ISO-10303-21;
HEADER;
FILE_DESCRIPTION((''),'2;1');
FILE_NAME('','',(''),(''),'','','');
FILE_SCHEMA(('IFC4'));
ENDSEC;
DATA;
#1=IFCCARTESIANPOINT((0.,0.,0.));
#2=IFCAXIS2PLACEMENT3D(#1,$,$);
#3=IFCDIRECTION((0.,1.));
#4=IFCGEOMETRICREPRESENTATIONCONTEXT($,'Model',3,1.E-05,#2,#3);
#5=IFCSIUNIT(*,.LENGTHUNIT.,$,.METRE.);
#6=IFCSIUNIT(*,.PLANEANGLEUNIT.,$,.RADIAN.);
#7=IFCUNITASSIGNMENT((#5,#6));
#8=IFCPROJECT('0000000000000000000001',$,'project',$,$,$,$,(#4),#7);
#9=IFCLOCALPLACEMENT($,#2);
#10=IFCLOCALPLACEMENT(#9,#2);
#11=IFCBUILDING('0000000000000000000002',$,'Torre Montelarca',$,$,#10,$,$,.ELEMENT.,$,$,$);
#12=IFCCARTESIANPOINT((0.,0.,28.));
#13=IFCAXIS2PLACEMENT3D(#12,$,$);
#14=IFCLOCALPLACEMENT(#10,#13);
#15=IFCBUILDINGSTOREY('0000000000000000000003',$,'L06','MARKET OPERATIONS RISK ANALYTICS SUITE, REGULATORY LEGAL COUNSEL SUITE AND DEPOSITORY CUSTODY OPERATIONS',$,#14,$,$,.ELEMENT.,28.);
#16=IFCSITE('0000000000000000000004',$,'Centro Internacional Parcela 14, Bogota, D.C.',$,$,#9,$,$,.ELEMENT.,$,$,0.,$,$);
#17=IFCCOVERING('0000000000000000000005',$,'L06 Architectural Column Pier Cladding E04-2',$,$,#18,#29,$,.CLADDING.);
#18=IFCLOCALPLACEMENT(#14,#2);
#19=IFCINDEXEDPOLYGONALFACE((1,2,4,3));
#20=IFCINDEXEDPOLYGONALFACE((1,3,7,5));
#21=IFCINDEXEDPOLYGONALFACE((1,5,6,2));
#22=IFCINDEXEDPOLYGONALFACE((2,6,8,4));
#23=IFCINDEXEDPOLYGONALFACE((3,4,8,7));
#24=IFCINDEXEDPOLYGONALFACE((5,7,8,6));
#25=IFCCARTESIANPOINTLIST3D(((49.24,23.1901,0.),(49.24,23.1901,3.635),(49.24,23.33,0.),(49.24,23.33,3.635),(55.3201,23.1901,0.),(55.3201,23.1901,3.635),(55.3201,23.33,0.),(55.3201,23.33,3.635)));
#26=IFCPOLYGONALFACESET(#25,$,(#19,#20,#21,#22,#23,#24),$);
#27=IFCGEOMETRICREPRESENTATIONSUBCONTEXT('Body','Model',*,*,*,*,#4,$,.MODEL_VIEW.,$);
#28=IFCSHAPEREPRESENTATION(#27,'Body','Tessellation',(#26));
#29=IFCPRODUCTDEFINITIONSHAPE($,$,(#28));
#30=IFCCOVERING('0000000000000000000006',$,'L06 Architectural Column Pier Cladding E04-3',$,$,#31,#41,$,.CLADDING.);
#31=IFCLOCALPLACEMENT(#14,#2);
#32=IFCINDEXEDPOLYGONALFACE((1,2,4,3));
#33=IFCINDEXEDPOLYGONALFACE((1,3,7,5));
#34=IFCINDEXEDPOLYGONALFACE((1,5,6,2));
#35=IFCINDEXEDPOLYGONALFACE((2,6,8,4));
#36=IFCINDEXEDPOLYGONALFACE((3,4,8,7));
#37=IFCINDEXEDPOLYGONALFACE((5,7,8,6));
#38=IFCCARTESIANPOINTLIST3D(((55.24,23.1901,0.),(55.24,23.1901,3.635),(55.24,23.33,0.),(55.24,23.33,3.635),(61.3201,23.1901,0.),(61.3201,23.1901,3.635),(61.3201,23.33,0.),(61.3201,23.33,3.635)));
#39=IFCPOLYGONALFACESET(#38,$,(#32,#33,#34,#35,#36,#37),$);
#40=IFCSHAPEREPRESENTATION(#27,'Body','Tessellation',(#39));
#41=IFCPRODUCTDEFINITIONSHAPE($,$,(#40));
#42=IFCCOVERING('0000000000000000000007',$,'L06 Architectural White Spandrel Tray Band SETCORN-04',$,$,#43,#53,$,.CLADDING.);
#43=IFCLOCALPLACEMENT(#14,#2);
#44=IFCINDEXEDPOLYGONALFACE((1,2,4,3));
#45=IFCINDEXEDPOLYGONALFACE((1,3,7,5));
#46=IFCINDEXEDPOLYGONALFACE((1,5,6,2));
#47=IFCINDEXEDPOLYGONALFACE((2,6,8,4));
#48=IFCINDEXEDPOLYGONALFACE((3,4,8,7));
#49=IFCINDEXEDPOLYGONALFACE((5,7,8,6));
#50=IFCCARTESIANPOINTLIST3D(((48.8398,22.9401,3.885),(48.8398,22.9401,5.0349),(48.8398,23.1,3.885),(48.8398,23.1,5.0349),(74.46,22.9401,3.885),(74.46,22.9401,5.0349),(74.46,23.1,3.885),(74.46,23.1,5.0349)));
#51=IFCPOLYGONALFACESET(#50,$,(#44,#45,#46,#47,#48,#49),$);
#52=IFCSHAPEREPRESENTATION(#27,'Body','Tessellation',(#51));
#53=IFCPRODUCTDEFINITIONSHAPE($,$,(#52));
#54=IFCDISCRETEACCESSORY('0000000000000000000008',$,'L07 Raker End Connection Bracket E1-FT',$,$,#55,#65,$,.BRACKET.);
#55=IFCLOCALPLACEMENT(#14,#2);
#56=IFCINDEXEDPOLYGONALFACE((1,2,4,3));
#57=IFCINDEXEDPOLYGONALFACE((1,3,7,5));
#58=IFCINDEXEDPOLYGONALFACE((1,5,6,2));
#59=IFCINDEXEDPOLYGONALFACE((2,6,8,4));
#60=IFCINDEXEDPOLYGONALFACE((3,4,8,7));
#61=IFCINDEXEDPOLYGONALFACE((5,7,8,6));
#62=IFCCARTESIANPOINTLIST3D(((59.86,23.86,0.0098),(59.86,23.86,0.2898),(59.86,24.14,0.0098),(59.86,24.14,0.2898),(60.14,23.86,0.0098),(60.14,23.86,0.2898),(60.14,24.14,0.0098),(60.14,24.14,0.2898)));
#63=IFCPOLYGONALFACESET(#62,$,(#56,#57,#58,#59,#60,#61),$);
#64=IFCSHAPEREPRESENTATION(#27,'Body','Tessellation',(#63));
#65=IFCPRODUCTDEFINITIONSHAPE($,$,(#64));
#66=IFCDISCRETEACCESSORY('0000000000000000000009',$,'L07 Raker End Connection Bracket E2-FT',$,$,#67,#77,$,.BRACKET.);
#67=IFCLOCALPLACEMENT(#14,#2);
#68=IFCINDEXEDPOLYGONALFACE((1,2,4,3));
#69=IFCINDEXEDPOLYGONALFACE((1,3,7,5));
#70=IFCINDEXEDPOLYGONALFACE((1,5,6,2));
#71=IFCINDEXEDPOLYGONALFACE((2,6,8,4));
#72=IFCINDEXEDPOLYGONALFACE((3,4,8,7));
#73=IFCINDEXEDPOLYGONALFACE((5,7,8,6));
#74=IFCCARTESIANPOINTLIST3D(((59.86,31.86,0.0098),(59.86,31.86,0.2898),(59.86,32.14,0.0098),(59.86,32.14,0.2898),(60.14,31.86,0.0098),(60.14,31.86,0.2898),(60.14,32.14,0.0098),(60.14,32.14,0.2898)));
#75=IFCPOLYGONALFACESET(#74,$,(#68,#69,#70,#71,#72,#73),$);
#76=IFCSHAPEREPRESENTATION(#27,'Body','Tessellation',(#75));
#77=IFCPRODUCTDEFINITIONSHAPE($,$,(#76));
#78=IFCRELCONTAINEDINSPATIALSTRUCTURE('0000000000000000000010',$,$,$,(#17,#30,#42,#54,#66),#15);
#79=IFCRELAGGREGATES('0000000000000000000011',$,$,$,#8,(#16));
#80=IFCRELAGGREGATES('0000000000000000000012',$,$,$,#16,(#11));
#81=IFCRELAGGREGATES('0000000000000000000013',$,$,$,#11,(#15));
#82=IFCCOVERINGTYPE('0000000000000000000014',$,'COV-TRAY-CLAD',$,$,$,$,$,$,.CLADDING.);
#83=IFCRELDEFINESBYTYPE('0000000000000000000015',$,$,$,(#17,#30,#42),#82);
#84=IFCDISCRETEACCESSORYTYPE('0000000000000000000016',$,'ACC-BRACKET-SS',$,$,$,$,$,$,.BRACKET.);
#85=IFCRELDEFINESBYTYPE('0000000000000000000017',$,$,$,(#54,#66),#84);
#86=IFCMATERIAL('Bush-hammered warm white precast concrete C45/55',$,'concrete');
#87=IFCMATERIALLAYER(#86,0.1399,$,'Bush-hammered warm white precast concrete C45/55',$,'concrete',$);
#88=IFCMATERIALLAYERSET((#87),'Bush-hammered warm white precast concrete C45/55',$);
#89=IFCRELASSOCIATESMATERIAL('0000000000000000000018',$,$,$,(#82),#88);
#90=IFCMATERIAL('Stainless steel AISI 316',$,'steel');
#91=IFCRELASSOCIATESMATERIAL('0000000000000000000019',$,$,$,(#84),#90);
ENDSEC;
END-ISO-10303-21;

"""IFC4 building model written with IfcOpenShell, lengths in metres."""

from ifc_helpers import new_model, si_unit, direction, frame, origin, origin_2d, place, context, subcontext, project, spatial, rectangle, extrude, source, transform, mapped, material, layer, layer_set, type_object, element, save


model = new_model("IFC4")

# Units and contexts
model_context = context("Model", 3, precision=1e-05, world=origin(), true_north=direction((0.0, 1.0)))
body_context = subcontext(model_context, "Body", "Model", "MODEL_VIEW")
ifc_project = project(units=[si_unit("LENGTHUNIT", "METRE"), si_unit("PLANEANGLEUNIT", "RADIAN")], contexts=[model_context])

# Site, building, storey
site_placement = place(None, origin())
site = spatial("IfcSite", under=ifc_project, at=site_placement, Name="Centro Internacional Parcela 14, Bogota, D.C.", CompositionType="ELEMENT", RefElevation=0.0)
building_placement = place(site_placement, origin())
building = spatial("IfcBuilding", under=site, at=building_placement, Name="Torre Montelarca", CompositionType="ELEMENT")
storey_placement = place(building_placement, frame((0.0, 0.0, 28.0)))
storey = spatial("IfcBuildingStorey", under=building, at=storey_placement, Name="L06", Description="MARKET OPERATIONS RISK ANALYTICS SUITE, REGULATORY LEGAL COUNSEL SUITE AND DEPOSITORY CUSTODY OPERATIONS", CompositionType="ELEMENT", Elevation=28.0)

# Coverings
ifc_material_1 = material(Name="Bush-hammered warm white precast concrete C45/55", Category="concrete")
ifc_layer = layer(ifc_material_1, 0.1399, Name="Bush-hammered warm white precast concrete C45/55", Category="concrete")
ifc_layer_set = layer_set([ifc_layer], Name="Bush-hammered warm white precast concrete C45/55")
covering_type = type_object("IfcCoveringType", Name="COV-TRAY-CLAD", PredefinedType="CLADDING", material=ifc_layer_set)
shared_shape_1 = source(origin(), body_context, "Body", "SweptSolid", [
    extrude(rectangle(XDim=6.0801, YDim=0.1399, at=origin_2d()), origin(), (0.0, 0.0, 1.0), 3.635),
])
for number, where, z_axis, x_axis, name in (
    (1, (52.28, 23.26, 0.0), (0.0, 0.0, 1.0), (1.0, 0.0, 0.0), "L06 Architectural Column Pier Cladding E04-2"),
    (2, (58.28, 23.26, 0.0), (0.0, 0.0, 1.0), (1.0, 0.0, 0.0), "L06 Architectural Column Pier Cladding E04-3"),
):
    element("IfcCovering", number, at=place(storey_placement, frame(where, z_axis=z_axis, x_axis=x_axis)), inside=storey, type_object=covering_type, Name=name, PredefinedType="CLADDING", context=body_context, shape_type="MappedRepresentation", body=[
        mapped(shared_shape_1, transform((0.0, 0.0, 0.0), scale=1.0)),
    ])
shared_shape_2 = source(origin(), body_context, "Body", "SweptSolid", [
    extrude(rectangle(XDim=25.6201, YDim=0.1599, at=origin_2d()), origin(), (0.0, 0.0, 1.0), 1.1499),
])
covering_1_placement = place(storey_placement, frame((61.6499, 23.02, 3.885), z_axis=(0.0, 0.0, 1.0), x_axis=(1.0, 0.0, 0.0)))
element("IfcCovering", 3, at=covering_1_placement, inside=storey, type_object=covering_type, Name="L06 Architectural White Spandrel Tray Band SETCORN-04", PredefinedType="CLADDING", context=body_context, shape_type="MappedRepresentation", body=[
    mapped(shared_shape_2, transform((0.0, 0.0, 0.0), scale=1.0)),
])

# Discrete accessories
ifc_material_2 = material(Name="Stainless steel AISI 316", Category="steel")
discrete_accessory_type = type_object("IfcDiscreteAccessoryType", Name="ACC-BRACKET-SS", PredefinedType="BRACKET", material=ifc_material_2)
shared_shape_3 = source(origin(), body_context, "Body", "SweptSolid", [
    extrude(rectangle(XDim=0.28, YDim=0.28, at=origin_2d()), origin(), (0.0, 0.0, 1.0), 0.28),
])
for number, where, z_axis, x_axis, name in (
    (4, (60.0, 24.0, 0.0098), (0.0, 0.0, 1.0), (1.0, 0.0, 0.0), "L07 Raker End Connection Bracket E1-FT"),
    (5, (60.0, 32.0, 0.0098), (0.0, 0.0, 1.0), (1.0, 0.0, 0.0), "L07 Raker End Connection Bracket E2-FT"),
):
    element("IfcDiscreteAccessory", number, at=place(storey_placement, frame(where, z_axis=z_axis, x_axis=x_axis)), inside=storey, type_object=discrete_accessory_type, Name=name, PredefinedType="BRACKET", context=body_context, shape_type="MappedRepresentation", body=[
        mapped(shared_shape_3, transform((0.0, 0.0, 0.0), scale=1.0)),
    ])

save(model, "model.ifc")
